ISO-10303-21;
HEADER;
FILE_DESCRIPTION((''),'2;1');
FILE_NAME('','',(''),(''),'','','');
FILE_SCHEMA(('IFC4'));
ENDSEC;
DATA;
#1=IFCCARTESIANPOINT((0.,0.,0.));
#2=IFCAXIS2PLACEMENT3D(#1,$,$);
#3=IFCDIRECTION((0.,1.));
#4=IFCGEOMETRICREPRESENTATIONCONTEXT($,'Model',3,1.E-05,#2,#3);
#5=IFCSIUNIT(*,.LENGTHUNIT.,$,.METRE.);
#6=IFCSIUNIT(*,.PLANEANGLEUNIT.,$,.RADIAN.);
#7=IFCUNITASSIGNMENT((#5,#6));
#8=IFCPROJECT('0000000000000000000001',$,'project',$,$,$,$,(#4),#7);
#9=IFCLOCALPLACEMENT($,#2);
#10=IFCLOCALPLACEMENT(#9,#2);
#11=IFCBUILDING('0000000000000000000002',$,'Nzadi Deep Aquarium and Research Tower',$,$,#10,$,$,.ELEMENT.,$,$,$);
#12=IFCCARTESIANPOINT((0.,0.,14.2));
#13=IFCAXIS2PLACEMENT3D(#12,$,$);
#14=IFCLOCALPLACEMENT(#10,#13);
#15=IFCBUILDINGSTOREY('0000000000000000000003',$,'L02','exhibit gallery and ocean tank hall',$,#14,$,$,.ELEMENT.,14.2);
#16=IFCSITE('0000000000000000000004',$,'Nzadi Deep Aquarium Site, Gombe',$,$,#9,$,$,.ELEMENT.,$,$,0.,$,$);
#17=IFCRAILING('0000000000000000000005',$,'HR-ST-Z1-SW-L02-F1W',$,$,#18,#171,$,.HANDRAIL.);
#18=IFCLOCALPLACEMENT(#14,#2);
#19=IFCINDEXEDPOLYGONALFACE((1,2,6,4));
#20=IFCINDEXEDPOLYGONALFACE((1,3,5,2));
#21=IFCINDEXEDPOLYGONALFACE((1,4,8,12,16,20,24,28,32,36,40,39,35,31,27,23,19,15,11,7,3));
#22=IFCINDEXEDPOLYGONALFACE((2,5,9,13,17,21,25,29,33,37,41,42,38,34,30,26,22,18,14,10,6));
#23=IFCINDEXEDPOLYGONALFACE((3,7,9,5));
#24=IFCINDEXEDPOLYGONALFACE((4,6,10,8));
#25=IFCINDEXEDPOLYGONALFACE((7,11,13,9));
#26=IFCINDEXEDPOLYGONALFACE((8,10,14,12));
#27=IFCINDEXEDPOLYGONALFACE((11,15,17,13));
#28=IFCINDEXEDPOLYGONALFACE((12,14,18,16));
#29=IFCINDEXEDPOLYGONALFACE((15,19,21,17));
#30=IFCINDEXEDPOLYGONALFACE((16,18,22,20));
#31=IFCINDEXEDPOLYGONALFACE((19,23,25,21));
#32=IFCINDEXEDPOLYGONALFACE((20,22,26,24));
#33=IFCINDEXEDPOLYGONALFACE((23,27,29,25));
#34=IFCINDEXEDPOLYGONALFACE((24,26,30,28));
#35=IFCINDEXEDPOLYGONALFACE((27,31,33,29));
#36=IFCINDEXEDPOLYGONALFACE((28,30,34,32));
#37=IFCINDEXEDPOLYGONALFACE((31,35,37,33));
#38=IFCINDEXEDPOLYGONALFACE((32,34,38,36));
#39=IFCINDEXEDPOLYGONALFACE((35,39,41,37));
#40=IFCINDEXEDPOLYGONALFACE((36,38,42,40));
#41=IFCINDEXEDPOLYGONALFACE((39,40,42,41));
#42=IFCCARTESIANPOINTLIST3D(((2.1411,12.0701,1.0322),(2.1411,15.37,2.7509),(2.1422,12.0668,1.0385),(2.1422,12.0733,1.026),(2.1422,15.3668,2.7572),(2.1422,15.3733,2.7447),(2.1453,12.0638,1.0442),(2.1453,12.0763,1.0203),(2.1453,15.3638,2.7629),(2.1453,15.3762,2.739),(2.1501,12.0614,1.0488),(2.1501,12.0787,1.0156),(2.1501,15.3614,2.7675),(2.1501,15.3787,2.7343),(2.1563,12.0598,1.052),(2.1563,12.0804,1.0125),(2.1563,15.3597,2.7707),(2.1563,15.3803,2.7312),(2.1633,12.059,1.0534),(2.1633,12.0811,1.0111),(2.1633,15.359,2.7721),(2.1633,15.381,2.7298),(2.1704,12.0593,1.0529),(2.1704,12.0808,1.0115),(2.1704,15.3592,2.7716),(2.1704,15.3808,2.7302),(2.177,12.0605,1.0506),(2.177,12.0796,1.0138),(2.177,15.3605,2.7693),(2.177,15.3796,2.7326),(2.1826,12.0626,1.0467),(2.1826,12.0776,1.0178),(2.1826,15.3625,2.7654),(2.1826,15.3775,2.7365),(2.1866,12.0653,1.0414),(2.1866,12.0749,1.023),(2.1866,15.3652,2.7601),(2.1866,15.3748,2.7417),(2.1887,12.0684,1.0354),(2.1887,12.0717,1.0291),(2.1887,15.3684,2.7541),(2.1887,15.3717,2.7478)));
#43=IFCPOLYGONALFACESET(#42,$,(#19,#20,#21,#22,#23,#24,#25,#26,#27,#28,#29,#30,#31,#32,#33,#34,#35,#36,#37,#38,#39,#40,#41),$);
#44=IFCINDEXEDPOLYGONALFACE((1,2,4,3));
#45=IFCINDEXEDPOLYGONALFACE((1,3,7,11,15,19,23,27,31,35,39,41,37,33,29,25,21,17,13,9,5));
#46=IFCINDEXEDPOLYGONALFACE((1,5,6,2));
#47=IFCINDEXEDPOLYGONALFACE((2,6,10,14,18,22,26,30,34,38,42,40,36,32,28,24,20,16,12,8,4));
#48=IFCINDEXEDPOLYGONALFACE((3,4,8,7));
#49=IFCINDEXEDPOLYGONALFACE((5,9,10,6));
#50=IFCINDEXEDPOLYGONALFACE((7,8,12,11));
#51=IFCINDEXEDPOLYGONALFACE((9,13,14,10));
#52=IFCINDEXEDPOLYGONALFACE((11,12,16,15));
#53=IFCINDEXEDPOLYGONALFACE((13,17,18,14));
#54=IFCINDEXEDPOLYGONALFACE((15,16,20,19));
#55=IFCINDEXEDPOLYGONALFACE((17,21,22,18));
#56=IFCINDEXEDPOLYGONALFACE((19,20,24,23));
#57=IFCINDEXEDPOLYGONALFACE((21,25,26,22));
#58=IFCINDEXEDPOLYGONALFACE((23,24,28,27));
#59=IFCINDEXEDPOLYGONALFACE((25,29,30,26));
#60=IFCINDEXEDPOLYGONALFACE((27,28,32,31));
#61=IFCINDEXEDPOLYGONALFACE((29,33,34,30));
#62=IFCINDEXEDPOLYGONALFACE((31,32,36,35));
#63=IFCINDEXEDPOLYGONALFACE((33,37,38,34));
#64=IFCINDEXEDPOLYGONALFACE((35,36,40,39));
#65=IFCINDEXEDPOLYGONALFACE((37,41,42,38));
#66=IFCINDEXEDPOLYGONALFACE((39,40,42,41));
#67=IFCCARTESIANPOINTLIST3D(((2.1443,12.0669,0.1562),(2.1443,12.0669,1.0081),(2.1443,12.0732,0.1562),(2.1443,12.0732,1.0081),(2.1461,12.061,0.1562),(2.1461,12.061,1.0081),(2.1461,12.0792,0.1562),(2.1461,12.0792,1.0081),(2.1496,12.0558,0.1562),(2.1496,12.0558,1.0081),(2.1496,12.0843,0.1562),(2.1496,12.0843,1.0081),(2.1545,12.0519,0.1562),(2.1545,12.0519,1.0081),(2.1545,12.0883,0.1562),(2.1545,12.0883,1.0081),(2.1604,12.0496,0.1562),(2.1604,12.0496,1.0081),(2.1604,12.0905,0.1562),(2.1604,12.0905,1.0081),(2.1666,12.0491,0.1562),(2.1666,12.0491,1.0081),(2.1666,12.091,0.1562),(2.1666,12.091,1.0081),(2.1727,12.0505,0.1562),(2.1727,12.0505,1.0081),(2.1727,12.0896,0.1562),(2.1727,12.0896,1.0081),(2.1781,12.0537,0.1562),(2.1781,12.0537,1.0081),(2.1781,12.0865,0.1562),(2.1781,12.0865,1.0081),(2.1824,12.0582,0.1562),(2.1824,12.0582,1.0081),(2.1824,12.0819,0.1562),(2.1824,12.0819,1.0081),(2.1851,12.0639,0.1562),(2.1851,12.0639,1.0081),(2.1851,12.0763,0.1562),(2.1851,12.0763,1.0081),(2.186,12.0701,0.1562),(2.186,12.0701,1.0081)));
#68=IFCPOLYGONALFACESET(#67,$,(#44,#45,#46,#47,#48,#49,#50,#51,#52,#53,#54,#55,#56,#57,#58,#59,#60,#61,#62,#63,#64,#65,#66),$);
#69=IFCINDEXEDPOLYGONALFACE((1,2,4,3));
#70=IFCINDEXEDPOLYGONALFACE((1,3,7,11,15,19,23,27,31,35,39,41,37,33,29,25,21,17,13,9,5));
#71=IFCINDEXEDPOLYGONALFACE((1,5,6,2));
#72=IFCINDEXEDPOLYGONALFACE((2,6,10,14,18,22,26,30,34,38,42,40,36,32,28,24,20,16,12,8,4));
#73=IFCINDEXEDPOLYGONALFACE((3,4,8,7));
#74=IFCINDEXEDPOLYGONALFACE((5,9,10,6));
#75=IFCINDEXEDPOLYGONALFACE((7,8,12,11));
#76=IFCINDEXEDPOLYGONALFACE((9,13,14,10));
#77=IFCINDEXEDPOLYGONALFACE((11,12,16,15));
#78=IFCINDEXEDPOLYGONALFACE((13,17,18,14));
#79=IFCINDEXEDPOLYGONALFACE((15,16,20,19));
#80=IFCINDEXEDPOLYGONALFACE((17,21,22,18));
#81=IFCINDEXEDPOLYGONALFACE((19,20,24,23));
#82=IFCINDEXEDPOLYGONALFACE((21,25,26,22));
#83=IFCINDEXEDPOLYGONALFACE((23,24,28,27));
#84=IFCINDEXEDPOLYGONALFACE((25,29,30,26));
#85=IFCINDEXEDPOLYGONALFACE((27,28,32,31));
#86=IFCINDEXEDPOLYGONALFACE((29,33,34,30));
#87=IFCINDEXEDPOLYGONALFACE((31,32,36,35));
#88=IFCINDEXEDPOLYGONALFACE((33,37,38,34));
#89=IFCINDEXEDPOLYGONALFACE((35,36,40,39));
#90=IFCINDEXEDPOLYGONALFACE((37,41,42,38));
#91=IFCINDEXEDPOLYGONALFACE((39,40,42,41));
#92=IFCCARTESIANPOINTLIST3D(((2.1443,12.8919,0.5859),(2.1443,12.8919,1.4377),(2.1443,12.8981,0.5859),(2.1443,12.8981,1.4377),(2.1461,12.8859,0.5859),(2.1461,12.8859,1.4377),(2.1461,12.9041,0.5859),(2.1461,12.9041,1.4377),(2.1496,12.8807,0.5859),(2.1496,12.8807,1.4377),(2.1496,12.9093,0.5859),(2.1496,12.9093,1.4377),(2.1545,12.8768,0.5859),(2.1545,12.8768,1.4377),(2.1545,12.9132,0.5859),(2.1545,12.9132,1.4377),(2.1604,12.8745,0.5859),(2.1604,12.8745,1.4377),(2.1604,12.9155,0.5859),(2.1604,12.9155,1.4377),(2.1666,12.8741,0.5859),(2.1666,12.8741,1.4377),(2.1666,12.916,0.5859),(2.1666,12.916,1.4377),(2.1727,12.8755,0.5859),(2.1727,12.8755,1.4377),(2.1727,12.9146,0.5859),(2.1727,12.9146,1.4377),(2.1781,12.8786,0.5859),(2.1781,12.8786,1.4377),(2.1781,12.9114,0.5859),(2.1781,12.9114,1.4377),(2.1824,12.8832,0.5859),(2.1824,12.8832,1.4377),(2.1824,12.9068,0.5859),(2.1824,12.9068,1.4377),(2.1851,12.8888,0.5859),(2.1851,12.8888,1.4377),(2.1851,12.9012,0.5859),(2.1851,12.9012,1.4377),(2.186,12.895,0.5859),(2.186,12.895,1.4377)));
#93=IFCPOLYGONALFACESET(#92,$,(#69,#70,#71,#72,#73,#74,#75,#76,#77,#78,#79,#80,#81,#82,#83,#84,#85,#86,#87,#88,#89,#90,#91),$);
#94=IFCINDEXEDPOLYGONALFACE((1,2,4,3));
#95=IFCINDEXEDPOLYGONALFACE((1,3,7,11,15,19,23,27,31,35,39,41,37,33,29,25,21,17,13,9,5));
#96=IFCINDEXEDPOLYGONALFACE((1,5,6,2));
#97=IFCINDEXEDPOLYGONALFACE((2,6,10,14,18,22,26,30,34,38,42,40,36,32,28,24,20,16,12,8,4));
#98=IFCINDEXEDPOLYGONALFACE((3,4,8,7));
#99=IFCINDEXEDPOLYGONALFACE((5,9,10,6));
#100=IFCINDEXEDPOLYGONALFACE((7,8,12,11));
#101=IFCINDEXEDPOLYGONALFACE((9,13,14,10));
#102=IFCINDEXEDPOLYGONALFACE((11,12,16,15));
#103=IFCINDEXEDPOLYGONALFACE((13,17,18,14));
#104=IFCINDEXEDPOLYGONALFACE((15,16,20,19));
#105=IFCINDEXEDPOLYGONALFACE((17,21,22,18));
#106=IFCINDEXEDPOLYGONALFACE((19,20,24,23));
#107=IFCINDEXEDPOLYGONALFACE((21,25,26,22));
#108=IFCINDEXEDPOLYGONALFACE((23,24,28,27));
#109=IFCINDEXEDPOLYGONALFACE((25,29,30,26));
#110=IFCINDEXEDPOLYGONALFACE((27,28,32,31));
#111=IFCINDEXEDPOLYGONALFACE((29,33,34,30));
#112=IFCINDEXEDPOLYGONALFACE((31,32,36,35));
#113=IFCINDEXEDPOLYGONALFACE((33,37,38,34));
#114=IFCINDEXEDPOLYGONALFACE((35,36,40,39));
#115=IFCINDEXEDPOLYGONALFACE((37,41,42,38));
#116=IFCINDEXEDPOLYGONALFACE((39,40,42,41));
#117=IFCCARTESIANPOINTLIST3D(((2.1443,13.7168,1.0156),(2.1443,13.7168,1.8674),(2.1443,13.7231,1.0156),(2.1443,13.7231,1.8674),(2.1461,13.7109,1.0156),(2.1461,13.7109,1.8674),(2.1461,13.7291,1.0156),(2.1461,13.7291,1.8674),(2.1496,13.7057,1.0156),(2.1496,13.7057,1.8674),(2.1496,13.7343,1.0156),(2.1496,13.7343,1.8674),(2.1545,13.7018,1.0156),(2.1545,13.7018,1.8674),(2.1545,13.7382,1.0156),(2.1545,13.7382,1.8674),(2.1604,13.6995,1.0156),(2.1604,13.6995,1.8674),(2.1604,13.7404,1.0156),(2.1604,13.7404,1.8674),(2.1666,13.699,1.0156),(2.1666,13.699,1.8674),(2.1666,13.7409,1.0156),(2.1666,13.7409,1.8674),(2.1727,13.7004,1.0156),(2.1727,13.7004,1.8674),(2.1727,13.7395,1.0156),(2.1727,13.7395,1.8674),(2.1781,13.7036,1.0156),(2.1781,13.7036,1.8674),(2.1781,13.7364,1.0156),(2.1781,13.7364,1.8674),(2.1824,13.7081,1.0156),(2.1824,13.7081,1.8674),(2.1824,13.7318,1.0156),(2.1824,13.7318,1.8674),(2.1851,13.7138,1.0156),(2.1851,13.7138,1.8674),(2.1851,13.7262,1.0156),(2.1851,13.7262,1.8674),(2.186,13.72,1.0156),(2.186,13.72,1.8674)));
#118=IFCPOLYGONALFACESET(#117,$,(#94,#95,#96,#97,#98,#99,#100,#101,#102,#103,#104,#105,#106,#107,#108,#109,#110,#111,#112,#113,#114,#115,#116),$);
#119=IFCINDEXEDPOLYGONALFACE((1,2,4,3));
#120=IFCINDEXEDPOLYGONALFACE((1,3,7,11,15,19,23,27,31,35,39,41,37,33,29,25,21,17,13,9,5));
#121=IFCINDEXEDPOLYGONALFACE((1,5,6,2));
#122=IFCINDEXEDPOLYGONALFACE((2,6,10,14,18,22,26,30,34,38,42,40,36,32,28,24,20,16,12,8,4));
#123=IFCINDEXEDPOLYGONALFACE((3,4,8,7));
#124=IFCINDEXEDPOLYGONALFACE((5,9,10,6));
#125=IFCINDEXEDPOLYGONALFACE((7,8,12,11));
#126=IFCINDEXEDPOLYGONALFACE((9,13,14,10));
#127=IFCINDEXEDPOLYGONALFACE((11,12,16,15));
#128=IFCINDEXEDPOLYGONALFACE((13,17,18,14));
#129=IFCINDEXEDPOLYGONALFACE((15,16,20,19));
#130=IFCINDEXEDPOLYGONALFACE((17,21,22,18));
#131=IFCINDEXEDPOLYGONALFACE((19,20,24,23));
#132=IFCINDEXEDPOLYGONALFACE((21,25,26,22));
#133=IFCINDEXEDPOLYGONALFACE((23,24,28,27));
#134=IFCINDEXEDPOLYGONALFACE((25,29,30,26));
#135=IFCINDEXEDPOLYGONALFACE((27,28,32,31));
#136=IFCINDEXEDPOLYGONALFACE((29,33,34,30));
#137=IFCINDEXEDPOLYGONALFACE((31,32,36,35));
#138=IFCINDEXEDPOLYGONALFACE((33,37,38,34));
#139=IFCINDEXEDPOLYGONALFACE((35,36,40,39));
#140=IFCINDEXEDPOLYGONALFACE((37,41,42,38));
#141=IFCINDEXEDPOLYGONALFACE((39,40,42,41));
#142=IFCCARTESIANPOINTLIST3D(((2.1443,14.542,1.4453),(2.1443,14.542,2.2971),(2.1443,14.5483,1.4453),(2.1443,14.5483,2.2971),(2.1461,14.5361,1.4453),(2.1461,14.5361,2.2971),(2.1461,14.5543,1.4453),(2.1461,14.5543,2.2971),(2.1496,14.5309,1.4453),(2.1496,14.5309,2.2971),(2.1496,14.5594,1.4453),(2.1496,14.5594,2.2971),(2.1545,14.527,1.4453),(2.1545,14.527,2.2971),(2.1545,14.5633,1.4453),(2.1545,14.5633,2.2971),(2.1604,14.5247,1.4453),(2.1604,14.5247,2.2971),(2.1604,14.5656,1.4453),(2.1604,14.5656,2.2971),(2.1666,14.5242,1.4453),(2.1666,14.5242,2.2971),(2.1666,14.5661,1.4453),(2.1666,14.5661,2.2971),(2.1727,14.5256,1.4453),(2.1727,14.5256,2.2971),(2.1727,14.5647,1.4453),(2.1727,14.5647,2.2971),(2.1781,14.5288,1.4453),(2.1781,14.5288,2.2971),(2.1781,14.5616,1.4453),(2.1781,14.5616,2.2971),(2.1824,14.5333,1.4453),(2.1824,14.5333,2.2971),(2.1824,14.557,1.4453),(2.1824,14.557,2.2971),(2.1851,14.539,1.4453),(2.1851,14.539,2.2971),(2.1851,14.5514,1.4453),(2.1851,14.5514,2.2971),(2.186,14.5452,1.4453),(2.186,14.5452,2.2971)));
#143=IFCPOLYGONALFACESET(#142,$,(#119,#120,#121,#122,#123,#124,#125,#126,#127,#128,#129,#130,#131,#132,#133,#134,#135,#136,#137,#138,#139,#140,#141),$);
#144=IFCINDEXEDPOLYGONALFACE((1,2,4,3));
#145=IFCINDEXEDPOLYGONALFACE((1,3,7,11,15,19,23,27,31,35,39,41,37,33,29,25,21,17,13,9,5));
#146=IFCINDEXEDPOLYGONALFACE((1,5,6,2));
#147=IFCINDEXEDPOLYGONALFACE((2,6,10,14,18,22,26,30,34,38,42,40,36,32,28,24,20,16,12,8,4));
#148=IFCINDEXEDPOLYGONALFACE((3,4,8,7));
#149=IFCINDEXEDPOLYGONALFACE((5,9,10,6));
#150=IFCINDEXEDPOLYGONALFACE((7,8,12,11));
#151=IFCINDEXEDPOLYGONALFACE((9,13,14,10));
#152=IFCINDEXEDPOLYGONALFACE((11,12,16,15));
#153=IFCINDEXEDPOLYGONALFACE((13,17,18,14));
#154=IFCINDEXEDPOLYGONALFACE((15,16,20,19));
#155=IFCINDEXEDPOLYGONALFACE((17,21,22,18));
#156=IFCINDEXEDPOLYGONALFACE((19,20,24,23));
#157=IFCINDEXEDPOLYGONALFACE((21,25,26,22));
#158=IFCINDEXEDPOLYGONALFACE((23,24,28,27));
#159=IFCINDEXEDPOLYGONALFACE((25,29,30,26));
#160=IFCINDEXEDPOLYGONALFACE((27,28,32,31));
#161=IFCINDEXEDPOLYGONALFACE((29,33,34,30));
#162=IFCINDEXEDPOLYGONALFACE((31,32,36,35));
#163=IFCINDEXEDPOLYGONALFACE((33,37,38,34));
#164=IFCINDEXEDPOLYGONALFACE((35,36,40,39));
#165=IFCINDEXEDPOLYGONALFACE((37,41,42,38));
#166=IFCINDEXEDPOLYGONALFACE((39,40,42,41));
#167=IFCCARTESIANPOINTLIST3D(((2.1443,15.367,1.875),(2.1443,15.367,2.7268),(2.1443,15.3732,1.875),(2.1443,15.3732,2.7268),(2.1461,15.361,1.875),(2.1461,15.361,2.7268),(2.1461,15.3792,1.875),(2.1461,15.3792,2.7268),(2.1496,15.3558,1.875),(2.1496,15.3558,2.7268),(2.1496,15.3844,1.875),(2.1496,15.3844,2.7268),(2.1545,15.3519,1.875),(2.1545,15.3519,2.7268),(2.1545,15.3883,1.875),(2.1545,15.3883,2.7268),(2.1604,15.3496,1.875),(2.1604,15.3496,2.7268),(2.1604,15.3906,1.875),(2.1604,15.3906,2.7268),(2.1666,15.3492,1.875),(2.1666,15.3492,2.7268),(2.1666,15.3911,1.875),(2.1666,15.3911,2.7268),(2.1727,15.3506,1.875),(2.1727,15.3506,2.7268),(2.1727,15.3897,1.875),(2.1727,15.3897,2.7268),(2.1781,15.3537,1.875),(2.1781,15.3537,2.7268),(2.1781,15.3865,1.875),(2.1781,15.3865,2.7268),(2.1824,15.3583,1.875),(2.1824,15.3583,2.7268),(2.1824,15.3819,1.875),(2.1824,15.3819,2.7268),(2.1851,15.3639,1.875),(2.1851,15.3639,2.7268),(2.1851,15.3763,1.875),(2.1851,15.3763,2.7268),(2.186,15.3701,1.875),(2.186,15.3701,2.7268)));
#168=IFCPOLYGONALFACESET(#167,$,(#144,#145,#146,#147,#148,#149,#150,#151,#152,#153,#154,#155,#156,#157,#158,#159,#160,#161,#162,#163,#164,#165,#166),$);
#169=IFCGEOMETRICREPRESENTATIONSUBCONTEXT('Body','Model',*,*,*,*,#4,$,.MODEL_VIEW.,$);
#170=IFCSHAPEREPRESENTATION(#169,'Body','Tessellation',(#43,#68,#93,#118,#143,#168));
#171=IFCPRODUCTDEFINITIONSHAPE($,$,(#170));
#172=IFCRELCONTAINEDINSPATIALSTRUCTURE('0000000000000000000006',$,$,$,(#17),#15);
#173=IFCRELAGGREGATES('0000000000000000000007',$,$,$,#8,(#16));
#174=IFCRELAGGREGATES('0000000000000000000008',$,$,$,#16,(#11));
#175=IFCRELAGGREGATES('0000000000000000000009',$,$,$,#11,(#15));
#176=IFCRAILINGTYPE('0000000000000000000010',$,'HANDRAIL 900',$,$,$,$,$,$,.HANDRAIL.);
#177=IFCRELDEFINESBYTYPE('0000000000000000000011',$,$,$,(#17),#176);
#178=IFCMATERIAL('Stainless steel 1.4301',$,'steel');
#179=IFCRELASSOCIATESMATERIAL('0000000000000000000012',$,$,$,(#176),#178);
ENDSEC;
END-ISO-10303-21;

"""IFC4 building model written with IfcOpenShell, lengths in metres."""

from ifc_helpers import new_model, si_unit, direction, frame, origin, origin_2d, place, context, subcontext, project, spatial, circle, extrude, material, type_object, element, save


model = new_model("IFC4")

# Units and contexts
model_context = context("Model", 3, precision=1e-05, world=origin(), true_north=direction((0.0, 1.0)))
body_context = subcontext(model_context, "Body", "Model", "MODEL_VIEW")
ifc_project = project(units=[si_unit("LENGTHUNIT", "METRE"), si_unit("PLANEANGLEUNIT", "RADIAN")], contexts=[model_context])

# Site, building, storey
site_placement = place(None, origin())
site = spatial("IfcSite", under=ifc_project, at=site_placement, Name="Nzadi Deep Aquarium Site, Gombe", CompositionType="ELEMENT", RefElevation=0.0)
building_placement = place(site_placement, origin())
building = spatial("IfcBuilding", under=site, at=building_placement, Name="Nzadi Deep Aquarium and Research Tower", CompositionType="ELEMENT")
storey_placement = place(building_placement, frame((0.0, 0.0, 14.2)))
storey = spatial("IfcBuildingStorey", under=building, at=storey_placement, Name="L02", Description="exhibit gallery and ocean tank hall", CompositionType="ELEMENT", Elevation=14.2)

# Railing
ifc_material_1 = material(Name="Stainless steel 1.4301", Category="steel")
railing_type = type_object("IfcRailingType", Name="HANDRAIL 900", PredefinedType="HANDRAIL", material=ifc_material_1)
for number, where, name in (
    (1, (2.165, 12.0701, 0.1562), "HR-ST-Z1-SW-L02-F1W"),
):
    element("IfcRailing", number, at=place(storey_placement, frame(where)), inside=storey, type_object=railing_type, Name=name, PredefinedType="HANDRAIL", context=body_context, shape_type="SweptSolid", body=[
        extrude(circle(Radius=0.0239, at=origin_2d()), frame((0.0, 0.0, 0.876), z_axis=(0.0, 0.886917, 0.461929), x_axis=(-1.0, 0.0, 0.0)), (0.0, 0.0, 1.0), 3.7207),
        extrude(circle(Radius=0.021, at=origin_2d()), origin(), (0.0, 0.0, 1.0), 0.8518),
        extrude(circle(Radius=0.021, at=origin_2d()), frame((0.0, 0.825, 0.4297)), (0.0, 0.0, 1.0), 0.8518),
        extrude(circle(Radius=0.021, at=origin_2d()), frame((0.0, 1.6499, 0.8594)), (0.0, 0.0, 1.0), 0.8518),
        extrude(circle(Radius=0.021, at=origin_2d()), frame((0.0, 2.4751, 1.2891)), (0.0, 0.0, 1.0), 0.8518),
        extrude(circle(Radius=0.021, at=origin_2d()), frame((0.0, 3.3, 1.7188)), (0.0, 0.0, 1.0), 0.8518),
    ])

save(model, "model.ifc")
